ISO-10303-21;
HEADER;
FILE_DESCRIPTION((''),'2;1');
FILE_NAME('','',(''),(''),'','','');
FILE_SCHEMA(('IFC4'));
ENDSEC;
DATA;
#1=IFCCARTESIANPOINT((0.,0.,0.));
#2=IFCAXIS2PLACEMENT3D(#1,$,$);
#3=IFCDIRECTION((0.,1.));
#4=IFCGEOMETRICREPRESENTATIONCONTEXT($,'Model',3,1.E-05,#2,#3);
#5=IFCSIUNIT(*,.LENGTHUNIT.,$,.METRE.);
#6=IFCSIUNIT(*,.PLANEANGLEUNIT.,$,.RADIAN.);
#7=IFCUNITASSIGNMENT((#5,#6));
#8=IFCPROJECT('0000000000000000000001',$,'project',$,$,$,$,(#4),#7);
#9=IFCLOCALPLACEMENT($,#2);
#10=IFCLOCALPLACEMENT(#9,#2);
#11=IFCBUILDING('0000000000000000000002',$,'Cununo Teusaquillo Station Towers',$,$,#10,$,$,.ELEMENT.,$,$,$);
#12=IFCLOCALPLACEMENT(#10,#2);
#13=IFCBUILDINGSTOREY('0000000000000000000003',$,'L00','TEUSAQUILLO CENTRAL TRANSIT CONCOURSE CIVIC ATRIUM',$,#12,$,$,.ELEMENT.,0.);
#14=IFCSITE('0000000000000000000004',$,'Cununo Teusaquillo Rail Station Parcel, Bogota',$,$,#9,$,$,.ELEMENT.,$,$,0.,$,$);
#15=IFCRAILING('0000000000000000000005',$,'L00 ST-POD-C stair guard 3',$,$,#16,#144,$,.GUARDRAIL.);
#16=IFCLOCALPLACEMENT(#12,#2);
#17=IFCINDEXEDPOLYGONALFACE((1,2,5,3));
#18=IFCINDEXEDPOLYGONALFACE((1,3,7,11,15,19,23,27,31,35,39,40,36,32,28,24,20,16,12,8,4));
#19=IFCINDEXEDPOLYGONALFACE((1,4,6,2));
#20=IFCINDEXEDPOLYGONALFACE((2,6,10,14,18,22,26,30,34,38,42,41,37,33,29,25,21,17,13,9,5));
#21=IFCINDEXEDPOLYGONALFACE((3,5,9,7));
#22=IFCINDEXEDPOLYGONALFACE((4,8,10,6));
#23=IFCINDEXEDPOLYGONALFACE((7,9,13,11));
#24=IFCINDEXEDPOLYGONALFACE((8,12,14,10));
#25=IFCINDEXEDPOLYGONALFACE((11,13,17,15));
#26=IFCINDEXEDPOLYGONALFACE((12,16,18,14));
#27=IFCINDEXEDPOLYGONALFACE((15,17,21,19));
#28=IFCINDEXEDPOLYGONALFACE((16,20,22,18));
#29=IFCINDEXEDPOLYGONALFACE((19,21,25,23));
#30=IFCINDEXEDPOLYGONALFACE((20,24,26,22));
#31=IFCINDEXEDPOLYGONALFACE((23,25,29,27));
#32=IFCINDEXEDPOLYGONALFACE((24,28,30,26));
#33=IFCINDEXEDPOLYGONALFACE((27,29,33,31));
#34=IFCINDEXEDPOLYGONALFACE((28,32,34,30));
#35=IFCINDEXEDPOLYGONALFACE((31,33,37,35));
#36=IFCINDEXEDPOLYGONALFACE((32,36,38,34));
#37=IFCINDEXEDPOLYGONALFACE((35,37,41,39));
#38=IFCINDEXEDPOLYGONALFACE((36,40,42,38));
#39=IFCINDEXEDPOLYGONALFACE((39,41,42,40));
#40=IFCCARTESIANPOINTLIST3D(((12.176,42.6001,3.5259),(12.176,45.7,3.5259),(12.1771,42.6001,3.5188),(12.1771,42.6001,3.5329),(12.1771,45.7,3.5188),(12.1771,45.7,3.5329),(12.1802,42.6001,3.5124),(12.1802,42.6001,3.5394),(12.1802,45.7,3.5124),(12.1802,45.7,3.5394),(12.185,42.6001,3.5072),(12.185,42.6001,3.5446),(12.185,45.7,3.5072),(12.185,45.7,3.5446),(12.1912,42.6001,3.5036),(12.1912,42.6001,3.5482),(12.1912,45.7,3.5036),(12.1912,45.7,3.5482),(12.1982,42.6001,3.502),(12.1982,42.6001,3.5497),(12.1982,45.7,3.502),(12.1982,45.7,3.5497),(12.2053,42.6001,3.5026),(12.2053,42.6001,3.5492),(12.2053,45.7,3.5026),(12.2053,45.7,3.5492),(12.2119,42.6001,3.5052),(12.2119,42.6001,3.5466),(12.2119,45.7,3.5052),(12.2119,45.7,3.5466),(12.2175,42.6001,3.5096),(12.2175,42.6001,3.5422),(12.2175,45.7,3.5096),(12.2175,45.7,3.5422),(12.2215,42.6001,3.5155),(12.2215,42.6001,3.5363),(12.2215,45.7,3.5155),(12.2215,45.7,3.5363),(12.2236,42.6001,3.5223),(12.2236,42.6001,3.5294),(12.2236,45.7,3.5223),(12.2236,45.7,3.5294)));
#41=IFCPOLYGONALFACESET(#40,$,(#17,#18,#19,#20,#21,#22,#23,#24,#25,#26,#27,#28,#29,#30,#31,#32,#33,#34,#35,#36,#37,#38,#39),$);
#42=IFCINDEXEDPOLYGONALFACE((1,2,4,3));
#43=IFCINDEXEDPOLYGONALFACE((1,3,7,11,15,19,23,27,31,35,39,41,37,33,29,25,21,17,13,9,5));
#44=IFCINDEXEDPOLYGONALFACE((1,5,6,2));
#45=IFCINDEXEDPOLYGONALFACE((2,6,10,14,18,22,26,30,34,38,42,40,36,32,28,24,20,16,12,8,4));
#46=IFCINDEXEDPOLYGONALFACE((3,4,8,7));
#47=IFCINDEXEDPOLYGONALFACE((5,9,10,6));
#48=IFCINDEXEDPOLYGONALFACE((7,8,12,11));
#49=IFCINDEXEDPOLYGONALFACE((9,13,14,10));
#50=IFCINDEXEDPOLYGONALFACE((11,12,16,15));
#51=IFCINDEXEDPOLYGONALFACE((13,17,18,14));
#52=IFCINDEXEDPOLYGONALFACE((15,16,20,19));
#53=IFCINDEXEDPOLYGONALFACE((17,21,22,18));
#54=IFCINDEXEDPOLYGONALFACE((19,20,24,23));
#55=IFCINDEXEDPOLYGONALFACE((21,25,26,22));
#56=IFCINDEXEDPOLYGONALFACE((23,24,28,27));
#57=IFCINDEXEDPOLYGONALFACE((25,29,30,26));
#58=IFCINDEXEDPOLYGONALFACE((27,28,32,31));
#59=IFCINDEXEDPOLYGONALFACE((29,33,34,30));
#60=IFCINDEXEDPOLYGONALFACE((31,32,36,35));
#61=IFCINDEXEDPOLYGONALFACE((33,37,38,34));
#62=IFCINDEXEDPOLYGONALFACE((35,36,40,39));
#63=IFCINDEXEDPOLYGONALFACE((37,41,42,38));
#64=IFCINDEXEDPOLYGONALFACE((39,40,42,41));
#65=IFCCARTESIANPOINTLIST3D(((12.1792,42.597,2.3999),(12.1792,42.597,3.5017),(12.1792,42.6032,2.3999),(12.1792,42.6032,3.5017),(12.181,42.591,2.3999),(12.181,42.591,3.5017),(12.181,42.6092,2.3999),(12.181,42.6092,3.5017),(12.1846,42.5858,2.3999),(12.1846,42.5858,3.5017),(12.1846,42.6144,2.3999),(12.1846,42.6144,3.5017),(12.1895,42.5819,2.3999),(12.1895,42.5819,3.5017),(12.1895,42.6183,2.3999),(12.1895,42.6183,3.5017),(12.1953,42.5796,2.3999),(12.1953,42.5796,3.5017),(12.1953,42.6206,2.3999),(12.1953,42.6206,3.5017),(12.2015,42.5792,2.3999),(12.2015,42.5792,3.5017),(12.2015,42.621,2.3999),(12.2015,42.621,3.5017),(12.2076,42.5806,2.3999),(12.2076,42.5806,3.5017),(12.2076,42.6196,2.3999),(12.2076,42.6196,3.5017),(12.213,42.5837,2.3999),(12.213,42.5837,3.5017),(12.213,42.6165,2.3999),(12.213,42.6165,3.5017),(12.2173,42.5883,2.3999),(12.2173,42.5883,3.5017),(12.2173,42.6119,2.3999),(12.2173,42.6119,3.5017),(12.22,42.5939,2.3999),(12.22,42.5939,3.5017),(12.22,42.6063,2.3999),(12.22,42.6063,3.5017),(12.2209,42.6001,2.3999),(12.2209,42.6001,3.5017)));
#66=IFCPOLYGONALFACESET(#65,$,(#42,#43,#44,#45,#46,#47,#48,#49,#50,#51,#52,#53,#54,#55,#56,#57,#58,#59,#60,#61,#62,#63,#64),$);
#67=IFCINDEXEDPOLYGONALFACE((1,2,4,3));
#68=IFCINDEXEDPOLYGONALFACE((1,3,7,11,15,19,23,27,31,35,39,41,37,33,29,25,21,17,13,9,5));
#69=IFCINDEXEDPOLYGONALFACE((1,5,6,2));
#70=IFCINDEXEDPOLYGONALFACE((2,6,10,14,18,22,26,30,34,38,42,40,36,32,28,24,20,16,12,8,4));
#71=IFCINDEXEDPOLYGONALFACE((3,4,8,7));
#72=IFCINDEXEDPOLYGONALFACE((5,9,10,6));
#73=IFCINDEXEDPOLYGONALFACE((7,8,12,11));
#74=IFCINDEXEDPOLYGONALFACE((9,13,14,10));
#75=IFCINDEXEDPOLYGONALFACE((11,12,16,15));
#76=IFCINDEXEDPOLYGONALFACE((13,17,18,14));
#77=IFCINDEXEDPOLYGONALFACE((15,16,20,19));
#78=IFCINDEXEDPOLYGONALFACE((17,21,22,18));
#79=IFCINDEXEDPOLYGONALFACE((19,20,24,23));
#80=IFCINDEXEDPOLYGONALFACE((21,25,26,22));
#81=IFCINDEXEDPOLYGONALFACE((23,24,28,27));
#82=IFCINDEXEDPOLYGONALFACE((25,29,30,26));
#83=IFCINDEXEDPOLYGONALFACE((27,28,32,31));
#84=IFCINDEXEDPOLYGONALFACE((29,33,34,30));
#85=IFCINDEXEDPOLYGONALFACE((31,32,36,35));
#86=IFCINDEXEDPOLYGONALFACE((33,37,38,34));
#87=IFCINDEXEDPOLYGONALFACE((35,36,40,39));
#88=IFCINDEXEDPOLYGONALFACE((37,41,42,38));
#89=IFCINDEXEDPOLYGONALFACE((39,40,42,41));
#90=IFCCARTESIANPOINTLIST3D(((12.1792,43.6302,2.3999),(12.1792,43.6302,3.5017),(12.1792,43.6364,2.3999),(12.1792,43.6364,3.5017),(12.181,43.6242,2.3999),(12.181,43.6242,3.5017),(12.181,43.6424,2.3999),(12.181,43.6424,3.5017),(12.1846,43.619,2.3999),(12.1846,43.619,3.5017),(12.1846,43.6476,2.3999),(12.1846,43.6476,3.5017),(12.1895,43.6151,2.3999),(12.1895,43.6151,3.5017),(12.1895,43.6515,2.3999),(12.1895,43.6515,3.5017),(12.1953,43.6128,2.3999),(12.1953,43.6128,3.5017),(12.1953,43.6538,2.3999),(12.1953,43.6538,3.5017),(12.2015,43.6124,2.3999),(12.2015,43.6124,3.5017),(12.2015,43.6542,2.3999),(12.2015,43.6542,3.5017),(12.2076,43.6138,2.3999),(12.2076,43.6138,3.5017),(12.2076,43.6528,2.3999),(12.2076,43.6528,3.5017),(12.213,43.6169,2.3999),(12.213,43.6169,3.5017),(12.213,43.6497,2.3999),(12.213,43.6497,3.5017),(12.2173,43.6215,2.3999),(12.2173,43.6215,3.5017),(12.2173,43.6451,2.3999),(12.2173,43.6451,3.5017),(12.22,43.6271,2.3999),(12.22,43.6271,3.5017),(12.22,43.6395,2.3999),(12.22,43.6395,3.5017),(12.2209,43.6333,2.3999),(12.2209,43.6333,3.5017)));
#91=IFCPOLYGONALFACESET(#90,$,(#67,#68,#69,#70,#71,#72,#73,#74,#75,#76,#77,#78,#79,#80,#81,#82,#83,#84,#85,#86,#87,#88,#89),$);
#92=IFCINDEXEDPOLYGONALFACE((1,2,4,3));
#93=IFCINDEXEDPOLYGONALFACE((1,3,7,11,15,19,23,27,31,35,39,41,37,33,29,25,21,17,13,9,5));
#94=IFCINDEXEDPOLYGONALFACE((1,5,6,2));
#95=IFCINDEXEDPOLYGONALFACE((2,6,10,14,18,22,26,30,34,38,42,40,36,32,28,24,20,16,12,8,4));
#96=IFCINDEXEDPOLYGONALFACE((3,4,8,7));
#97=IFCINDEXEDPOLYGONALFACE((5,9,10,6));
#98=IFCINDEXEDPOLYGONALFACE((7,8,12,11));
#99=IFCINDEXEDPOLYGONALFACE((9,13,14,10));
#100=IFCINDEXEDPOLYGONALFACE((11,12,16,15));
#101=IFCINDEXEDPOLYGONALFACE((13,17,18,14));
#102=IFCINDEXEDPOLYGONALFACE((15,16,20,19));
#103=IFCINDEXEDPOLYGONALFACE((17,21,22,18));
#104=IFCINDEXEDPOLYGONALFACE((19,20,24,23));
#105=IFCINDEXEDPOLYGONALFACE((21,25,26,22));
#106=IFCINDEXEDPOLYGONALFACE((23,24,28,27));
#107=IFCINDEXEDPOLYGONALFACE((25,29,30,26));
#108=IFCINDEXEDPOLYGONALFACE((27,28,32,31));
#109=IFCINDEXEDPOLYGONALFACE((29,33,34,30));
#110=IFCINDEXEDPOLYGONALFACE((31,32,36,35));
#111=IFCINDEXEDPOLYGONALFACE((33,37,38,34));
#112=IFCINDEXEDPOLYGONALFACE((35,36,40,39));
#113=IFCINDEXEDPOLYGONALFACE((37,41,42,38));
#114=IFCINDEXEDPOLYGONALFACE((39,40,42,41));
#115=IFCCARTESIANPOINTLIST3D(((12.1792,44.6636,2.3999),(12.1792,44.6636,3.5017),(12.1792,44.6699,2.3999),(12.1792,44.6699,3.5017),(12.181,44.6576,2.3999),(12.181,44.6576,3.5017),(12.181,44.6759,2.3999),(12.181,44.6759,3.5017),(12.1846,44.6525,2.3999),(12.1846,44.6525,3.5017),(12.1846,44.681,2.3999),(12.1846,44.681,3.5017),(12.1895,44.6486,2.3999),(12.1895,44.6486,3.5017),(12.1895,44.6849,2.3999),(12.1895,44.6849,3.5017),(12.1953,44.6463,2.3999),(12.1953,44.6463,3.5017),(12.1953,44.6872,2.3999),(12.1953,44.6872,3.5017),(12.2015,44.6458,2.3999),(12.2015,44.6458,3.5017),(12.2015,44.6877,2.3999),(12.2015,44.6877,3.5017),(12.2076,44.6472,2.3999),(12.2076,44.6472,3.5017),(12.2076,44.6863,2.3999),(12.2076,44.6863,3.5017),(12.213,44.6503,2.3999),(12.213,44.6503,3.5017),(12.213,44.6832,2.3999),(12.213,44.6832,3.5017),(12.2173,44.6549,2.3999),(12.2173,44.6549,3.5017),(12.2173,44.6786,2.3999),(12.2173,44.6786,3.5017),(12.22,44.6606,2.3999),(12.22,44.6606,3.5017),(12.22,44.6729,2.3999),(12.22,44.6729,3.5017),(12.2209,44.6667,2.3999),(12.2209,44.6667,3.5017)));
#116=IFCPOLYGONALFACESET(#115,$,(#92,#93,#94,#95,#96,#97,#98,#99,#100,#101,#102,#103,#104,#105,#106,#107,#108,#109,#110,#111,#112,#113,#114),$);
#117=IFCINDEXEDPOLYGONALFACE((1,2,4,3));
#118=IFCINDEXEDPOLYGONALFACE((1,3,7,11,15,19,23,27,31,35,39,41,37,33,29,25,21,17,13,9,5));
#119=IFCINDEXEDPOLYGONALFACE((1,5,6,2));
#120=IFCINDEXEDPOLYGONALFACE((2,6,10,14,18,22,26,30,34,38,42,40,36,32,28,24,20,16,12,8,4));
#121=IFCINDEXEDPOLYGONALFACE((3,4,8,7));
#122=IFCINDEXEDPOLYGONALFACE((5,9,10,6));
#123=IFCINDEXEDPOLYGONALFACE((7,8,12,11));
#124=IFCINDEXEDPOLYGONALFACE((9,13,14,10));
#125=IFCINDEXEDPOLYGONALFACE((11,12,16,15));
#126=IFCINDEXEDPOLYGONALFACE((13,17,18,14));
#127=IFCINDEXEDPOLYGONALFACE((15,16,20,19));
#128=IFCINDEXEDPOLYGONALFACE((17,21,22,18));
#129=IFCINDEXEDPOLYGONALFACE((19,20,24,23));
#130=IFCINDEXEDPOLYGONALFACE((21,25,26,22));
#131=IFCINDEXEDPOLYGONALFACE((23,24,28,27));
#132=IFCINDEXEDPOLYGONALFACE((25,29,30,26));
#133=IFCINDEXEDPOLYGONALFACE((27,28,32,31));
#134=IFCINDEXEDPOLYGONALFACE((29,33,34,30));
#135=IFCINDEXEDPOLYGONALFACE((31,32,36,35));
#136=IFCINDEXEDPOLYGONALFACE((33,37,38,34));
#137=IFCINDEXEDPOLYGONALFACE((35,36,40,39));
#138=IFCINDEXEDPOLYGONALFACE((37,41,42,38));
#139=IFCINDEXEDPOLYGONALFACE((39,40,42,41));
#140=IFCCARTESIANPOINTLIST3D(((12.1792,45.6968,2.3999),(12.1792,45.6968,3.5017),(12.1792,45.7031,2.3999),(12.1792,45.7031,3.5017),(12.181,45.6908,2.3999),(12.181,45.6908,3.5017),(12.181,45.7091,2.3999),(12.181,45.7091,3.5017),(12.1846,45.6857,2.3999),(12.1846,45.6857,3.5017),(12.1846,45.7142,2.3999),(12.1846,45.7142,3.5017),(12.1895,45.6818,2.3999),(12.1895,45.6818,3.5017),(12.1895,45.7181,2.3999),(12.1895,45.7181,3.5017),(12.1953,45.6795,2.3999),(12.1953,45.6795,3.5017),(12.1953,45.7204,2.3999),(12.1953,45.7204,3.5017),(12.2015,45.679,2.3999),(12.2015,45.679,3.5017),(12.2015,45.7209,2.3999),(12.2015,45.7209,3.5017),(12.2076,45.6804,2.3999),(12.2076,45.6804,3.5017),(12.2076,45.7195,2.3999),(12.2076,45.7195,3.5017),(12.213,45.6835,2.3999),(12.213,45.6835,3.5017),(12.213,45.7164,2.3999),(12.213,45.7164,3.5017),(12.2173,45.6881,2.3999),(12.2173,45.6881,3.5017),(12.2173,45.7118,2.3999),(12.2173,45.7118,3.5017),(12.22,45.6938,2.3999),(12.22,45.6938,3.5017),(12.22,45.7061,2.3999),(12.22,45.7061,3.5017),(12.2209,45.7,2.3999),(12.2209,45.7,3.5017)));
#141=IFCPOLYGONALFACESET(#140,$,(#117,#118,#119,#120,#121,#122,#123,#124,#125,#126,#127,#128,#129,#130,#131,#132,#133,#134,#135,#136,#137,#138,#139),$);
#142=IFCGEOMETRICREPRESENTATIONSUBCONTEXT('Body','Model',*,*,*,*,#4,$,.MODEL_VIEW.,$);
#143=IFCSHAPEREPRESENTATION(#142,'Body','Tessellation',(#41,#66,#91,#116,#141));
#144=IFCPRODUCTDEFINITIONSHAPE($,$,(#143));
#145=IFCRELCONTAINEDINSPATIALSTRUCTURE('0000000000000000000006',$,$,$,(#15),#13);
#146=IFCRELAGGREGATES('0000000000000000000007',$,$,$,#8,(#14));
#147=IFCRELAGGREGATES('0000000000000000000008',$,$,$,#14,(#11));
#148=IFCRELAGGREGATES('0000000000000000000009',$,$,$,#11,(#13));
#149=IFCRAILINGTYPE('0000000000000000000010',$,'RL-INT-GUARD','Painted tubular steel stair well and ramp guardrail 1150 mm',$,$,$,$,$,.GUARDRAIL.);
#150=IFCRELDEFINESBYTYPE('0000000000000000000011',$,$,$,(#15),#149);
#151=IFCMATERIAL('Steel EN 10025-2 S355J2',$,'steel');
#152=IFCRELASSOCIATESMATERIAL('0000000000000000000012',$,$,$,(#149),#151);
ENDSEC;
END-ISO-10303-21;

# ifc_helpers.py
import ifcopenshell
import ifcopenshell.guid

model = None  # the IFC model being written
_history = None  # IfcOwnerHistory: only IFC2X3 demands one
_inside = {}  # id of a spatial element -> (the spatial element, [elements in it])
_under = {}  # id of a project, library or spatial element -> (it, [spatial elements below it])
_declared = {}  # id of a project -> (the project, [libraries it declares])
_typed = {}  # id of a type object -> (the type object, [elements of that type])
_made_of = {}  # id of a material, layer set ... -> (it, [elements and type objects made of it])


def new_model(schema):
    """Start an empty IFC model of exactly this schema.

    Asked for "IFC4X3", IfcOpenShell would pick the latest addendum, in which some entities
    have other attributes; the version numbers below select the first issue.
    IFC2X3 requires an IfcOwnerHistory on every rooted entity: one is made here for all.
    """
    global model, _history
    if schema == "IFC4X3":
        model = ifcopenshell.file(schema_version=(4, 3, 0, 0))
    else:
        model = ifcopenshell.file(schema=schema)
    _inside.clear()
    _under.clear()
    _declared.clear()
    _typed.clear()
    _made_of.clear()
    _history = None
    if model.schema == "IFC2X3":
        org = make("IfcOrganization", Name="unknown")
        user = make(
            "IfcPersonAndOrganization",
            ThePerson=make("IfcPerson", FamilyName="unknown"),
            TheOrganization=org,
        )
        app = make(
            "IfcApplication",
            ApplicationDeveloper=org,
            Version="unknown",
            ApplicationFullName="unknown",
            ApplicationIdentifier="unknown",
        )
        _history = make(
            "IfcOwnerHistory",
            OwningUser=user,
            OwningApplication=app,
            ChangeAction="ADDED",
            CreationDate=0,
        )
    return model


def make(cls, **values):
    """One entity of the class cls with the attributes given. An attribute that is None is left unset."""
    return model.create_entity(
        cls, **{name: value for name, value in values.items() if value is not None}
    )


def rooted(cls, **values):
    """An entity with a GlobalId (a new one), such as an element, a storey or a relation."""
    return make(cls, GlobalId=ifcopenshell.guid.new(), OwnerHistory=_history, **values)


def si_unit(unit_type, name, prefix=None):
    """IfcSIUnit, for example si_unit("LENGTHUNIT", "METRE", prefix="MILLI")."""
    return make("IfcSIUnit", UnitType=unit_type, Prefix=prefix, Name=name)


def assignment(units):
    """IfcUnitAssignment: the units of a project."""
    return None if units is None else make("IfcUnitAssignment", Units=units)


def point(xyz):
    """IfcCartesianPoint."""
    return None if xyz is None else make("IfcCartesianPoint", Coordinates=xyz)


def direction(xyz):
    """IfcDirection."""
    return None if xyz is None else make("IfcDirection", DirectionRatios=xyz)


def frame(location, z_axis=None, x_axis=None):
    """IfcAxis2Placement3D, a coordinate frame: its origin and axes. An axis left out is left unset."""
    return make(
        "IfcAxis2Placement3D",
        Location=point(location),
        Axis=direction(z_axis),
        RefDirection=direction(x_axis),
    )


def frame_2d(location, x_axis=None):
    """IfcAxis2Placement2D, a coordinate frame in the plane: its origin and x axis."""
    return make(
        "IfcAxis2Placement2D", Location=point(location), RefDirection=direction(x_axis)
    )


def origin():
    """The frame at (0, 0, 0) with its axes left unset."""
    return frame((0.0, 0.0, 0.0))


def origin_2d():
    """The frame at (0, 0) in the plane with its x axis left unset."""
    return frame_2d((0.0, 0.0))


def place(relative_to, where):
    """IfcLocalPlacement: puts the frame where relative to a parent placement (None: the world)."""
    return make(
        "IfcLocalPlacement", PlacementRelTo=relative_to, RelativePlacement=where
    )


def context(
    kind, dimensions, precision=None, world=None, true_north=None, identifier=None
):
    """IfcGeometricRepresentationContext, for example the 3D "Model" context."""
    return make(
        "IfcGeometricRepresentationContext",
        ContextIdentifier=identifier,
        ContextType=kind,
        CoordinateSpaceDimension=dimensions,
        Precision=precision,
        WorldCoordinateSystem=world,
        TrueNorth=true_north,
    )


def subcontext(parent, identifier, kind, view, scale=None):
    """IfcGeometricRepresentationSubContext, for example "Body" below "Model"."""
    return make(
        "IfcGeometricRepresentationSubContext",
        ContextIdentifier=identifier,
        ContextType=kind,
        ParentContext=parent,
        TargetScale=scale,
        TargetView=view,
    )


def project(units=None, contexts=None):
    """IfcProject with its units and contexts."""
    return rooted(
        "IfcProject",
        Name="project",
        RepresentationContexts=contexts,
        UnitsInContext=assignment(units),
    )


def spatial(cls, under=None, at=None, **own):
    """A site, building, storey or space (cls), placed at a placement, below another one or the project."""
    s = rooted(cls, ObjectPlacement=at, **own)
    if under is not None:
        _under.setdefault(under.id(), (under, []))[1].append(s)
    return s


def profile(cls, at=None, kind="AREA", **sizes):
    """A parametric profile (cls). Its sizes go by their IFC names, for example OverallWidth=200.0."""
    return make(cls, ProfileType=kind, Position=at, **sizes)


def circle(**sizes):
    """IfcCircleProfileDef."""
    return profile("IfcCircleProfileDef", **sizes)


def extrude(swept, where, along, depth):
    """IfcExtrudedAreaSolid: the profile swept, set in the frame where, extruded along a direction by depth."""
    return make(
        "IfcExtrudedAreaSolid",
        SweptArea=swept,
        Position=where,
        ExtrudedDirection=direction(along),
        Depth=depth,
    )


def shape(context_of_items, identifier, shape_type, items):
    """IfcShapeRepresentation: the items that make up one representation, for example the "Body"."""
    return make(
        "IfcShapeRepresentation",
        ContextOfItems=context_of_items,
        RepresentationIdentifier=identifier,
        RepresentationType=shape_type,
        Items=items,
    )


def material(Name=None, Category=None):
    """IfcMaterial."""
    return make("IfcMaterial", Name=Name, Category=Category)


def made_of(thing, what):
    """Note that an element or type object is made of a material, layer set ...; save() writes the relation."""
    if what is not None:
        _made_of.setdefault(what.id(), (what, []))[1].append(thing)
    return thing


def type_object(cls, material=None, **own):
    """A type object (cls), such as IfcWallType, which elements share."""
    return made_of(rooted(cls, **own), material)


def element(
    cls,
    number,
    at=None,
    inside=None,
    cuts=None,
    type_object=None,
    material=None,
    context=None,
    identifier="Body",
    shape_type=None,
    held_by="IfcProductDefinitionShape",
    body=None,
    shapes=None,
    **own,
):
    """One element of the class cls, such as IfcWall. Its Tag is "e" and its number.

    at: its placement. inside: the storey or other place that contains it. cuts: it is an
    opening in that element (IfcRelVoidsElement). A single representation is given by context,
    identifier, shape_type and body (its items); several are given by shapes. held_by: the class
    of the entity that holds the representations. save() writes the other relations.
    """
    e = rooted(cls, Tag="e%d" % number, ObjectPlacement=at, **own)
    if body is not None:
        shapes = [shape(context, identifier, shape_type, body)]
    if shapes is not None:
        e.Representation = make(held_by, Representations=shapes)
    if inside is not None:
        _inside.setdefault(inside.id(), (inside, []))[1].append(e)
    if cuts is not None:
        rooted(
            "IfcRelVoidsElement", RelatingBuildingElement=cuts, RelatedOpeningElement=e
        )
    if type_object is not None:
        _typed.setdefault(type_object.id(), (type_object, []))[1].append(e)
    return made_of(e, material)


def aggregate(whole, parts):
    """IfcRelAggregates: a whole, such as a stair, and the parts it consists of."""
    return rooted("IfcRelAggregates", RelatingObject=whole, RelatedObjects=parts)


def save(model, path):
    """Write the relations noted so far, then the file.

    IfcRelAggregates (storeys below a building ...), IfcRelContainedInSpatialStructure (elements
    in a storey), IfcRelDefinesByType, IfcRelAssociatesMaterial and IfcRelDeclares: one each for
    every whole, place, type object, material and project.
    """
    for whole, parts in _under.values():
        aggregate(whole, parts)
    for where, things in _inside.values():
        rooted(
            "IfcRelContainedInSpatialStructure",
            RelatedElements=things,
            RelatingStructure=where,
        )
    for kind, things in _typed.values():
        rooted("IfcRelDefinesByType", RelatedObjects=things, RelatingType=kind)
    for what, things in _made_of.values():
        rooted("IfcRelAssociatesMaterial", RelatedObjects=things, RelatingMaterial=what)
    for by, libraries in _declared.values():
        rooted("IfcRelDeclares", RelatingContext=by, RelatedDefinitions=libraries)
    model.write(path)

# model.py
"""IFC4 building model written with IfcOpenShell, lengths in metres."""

from ifc_helpers import new_model, si_unit, direction, frame, origin, origin_2d, place, context, subcontext, project, spatial, circle, extrude, material, type_object, element, save


model = new_model("IFC4")

# Units and contexts
model_context = context("Model", 3, precision=1e-05, world=origin(), true_north=direction((0.0, 1.0)))
body_context = subcontext(model_context, "Body", "Model", "MODEL_VIEW")
ifc_project = project(units=[si_unit("LENGTHUNIT", "METRE"), si_unit("PLANEANGLEUNIT", "RADIAN")], contexts=[model_context])

# Site, building, storey
site_placement = place(None, origin())
site = spatial("IfcSite", under=ifc_project, at=site_placement, Name="Cununo Teusaquillo Rail Station Parcel, Bogota", CompositionType="ELEMENT", RefElevation=0.0)
building_placement = place(site_placement, origin())
building = spatial("IfcBuilding", under=site, at=building_placement, Name="Cununo Teusaquillo Station Towers", CompositionType="ELEMENT")
storey_placement = place(building_placement, origin())
storey = spatial("IfcBuildingStorey", under=building, at=storey_placement, Name="L00", Description="TEUSAQUILLO CENTRAL TRANSIT CONCOURSE CIVIC ATRIUM", CompositionType="ELEMENT", Elevation=0.0)

# Railing
ifc_material_1 = material(Name="Steel EN 10025-2 S355J2", Category="steel")
railing_type = type_object("IfcRailingType", Name="RL-INT-GUARD", Description="Painted tubular steel stair well and ramp guardrail 1150 mm", PredefinedType="GUARDRAIL", material=ifc_material_1)
railing_1_placement = place(storey_placement, frame((12.2, 42.6001, 2.3999)))
element("IfcRailing", 1, at=railing_1_placement, inside=storey, type_object=railing_type, Name="L00 ST-POD-C stair guard 3", PredefinedType="GUARDRAIL", context=body_context, shape_type="SweptSolid", body=[
    extrude(circle(Radius=0.0239, at=origin_2d()), frame((0.0, 0.0, 1.126), z_axis=(0.0, 1.0, 0.0), x_axis=(-1.0, 0.0, 0.0)), (0.0, 0.0, 1.0), 3.0999),
    extrude(circle(Radius=0.021, at=origin_2d()), origin(), (0.0, 0.0, 1.0), 1.1018),
    extrude(circle(Radius=0.021, at=origin_2d()), frame((0.0, 1.0332, 0.0)), (0.0, 0.0, 1.0), 1.1018),
    extrude(circle(Radius=0.021, at=origin_2d()), frame((0.0, 2.0667, 0.0)), (0.0, 0.0, 1.0), 1.1018),
    extrude(circle(Radius=0.021, at=origin_2d()), frame((0.0, 3.0999, 0.0)), (0.0, 0.0, 1.0), 1.1018),
])

save(model, "model.ifc")
